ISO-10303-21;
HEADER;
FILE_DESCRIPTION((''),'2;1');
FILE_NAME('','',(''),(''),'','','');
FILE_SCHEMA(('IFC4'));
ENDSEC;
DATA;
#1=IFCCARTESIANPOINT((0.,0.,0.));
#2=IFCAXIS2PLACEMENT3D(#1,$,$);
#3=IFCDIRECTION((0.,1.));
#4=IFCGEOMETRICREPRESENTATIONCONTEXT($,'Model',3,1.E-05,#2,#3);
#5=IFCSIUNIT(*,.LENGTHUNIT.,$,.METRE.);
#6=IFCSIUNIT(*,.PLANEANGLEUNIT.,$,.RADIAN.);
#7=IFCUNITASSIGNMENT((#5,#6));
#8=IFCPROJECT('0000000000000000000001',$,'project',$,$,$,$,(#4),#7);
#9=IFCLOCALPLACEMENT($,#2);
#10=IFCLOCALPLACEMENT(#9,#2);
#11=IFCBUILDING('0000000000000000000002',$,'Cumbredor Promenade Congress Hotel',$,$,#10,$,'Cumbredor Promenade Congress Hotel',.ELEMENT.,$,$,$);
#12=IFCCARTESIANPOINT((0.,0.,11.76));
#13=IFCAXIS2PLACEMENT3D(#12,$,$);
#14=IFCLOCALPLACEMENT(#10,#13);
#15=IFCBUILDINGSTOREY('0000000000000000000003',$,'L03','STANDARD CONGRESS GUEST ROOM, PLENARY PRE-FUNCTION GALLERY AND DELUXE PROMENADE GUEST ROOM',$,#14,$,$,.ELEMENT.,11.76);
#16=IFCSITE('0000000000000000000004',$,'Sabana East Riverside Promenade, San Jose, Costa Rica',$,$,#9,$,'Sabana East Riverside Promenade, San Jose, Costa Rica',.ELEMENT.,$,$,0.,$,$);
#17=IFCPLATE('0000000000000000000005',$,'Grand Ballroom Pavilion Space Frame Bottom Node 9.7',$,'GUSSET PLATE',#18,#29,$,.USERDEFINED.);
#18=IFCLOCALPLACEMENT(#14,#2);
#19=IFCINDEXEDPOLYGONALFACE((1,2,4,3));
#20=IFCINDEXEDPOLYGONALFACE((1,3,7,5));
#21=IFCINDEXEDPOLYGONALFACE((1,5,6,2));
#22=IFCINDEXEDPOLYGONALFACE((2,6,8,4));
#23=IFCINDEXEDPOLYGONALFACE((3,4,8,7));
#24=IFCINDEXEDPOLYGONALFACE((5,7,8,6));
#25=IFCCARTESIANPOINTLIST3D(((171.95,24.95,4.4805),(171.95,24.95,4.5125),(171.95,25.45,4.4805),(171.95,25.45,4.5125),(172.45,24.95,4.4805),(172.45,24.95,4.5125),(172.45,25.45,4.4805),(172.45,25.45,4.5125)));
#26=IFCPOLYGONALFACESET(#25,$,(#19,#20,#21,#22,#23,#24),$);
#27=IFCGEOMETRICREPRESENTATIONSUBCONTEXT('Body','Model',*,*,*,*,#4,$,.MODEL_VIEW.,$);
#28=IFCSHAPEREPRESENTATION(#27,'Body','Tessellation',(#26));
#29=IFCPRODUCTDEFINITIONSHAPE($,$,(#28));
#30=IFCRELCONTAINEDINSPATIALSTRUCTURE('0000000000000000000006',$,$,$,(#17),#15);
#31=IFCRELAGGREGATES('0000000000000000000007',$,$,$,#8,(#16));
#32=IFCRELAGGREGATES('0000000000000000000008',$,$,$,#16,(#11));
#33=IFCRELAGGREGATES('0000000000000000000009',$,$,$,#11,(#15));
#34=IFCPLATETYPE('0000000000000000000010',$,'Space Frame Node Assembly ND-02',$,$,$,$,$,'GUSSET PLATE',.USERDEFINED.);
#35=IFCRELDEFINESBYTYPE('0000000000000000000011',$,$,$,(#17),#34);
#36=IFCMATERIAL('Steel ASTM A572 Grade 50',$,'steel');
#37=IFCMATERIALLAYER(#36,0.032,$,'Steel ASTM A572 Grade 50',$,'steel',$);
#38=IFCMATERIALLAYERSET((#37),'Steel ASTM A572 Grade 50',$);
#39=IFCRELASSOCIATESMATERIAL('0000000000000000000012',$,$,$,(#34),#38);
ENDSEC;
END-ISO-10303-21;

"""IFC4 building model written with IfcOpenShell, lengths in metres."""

from ifc_helpers import new_model, si_unit, direction, frame, origin, origin_2d, place, context, subcontext, project, spatial, rectangle, extrude, material, layer, layer_set, type_object, element, save


model = new_model("IFC4")

# Units and contexts
model_context = context("Model", 3, precision=1e-05, world=origin(), true_north=direction((0.0, 1.0)))
body_context = subcontext(model_context, "Body", "Model", "MODEL_VIEW")
ifc_project = project(units=[si_unit("LENGTHUNIT", "METRE"), si_unit("PLANEANGLEUNIT", "RADIAN")], contexts=[model_context])

# Site, building, storey
site_placement = place(None, origin())
site = spatial("IfcSite", under=ifc_project, at=site_placement, Name="Sabana East Riverside Promenade, San Jose, Costa Rica", LongName="Sabana East Riverside Promenade, San Jose, Costa Rica", CompositionType="ELEMENT", RefElevation=0.0)
building_placement = place(site_placement, origin())
building = spatial("IfcBuilding", under=site, at=building_placement, Name="Cumbredor Promenade Congress Hotel", LongName="Cumbredor Promenade Congress Hotel", CompositionType="ELEMENT")
storey_placement = place(building_placement, frame((0.0, 0.0, 11.76)))
storey = spatial("IfcBuildingStorey", under=building, at=storey_placement, Name="L03", Description="STANDARD CONGRESS GUEST ROOM, PLENARY PRE-FUNCTION GALLERY AND DELUXE PROMENADE GUEST ROOM", CompositionType="ELEMENT", Elevation=11.76)

# Plate
ifc_material_1 = material(Name="Steel ASTM A572 Grade 50", Category="steel")
ifc_layer = layer(ifc_material_1, 0.032, Name="Steel ASTM A572 Grade 50", Category="steel")
ifc_layer_set = layer_set([ifc_layer], Name="Steel ASTM A572 Grade 50")
plate_type = type_object("IfcPlateType", Name="Space Frame Node Assembly ND-02", ElementType="GUSSET PLATE", PredefinedType="USERDEFINED", material=ifc_layer_set)
for number, where, z_axis, x_axis, name in (
    (1, (172.2, 25.2, 4.4805), (0.0, 0.0, 1.0), (1.0, 0.0, 0.0), "Grand Ballroom Pavilion Space Frame Bottom Node 9.7"),
):
    element("IfcPlate", number, at=place(storey_placement, frame(where, z_axis=z_axis, x_axis=x_axis)), inside=storey, type_object=plate_type, Name=name, ObjectType="GUSSET PLATE", PredefinedType="USERDEFINED", context=body_context, shape_type="SweptSolid", body=[
        extrude(rectangle(XDim=0.5, YDim=0.5, at=origin_2d()), origin(), (0.0, 0.0, 1.0), 0.032),
    ])

save(model, "model.ifc")
